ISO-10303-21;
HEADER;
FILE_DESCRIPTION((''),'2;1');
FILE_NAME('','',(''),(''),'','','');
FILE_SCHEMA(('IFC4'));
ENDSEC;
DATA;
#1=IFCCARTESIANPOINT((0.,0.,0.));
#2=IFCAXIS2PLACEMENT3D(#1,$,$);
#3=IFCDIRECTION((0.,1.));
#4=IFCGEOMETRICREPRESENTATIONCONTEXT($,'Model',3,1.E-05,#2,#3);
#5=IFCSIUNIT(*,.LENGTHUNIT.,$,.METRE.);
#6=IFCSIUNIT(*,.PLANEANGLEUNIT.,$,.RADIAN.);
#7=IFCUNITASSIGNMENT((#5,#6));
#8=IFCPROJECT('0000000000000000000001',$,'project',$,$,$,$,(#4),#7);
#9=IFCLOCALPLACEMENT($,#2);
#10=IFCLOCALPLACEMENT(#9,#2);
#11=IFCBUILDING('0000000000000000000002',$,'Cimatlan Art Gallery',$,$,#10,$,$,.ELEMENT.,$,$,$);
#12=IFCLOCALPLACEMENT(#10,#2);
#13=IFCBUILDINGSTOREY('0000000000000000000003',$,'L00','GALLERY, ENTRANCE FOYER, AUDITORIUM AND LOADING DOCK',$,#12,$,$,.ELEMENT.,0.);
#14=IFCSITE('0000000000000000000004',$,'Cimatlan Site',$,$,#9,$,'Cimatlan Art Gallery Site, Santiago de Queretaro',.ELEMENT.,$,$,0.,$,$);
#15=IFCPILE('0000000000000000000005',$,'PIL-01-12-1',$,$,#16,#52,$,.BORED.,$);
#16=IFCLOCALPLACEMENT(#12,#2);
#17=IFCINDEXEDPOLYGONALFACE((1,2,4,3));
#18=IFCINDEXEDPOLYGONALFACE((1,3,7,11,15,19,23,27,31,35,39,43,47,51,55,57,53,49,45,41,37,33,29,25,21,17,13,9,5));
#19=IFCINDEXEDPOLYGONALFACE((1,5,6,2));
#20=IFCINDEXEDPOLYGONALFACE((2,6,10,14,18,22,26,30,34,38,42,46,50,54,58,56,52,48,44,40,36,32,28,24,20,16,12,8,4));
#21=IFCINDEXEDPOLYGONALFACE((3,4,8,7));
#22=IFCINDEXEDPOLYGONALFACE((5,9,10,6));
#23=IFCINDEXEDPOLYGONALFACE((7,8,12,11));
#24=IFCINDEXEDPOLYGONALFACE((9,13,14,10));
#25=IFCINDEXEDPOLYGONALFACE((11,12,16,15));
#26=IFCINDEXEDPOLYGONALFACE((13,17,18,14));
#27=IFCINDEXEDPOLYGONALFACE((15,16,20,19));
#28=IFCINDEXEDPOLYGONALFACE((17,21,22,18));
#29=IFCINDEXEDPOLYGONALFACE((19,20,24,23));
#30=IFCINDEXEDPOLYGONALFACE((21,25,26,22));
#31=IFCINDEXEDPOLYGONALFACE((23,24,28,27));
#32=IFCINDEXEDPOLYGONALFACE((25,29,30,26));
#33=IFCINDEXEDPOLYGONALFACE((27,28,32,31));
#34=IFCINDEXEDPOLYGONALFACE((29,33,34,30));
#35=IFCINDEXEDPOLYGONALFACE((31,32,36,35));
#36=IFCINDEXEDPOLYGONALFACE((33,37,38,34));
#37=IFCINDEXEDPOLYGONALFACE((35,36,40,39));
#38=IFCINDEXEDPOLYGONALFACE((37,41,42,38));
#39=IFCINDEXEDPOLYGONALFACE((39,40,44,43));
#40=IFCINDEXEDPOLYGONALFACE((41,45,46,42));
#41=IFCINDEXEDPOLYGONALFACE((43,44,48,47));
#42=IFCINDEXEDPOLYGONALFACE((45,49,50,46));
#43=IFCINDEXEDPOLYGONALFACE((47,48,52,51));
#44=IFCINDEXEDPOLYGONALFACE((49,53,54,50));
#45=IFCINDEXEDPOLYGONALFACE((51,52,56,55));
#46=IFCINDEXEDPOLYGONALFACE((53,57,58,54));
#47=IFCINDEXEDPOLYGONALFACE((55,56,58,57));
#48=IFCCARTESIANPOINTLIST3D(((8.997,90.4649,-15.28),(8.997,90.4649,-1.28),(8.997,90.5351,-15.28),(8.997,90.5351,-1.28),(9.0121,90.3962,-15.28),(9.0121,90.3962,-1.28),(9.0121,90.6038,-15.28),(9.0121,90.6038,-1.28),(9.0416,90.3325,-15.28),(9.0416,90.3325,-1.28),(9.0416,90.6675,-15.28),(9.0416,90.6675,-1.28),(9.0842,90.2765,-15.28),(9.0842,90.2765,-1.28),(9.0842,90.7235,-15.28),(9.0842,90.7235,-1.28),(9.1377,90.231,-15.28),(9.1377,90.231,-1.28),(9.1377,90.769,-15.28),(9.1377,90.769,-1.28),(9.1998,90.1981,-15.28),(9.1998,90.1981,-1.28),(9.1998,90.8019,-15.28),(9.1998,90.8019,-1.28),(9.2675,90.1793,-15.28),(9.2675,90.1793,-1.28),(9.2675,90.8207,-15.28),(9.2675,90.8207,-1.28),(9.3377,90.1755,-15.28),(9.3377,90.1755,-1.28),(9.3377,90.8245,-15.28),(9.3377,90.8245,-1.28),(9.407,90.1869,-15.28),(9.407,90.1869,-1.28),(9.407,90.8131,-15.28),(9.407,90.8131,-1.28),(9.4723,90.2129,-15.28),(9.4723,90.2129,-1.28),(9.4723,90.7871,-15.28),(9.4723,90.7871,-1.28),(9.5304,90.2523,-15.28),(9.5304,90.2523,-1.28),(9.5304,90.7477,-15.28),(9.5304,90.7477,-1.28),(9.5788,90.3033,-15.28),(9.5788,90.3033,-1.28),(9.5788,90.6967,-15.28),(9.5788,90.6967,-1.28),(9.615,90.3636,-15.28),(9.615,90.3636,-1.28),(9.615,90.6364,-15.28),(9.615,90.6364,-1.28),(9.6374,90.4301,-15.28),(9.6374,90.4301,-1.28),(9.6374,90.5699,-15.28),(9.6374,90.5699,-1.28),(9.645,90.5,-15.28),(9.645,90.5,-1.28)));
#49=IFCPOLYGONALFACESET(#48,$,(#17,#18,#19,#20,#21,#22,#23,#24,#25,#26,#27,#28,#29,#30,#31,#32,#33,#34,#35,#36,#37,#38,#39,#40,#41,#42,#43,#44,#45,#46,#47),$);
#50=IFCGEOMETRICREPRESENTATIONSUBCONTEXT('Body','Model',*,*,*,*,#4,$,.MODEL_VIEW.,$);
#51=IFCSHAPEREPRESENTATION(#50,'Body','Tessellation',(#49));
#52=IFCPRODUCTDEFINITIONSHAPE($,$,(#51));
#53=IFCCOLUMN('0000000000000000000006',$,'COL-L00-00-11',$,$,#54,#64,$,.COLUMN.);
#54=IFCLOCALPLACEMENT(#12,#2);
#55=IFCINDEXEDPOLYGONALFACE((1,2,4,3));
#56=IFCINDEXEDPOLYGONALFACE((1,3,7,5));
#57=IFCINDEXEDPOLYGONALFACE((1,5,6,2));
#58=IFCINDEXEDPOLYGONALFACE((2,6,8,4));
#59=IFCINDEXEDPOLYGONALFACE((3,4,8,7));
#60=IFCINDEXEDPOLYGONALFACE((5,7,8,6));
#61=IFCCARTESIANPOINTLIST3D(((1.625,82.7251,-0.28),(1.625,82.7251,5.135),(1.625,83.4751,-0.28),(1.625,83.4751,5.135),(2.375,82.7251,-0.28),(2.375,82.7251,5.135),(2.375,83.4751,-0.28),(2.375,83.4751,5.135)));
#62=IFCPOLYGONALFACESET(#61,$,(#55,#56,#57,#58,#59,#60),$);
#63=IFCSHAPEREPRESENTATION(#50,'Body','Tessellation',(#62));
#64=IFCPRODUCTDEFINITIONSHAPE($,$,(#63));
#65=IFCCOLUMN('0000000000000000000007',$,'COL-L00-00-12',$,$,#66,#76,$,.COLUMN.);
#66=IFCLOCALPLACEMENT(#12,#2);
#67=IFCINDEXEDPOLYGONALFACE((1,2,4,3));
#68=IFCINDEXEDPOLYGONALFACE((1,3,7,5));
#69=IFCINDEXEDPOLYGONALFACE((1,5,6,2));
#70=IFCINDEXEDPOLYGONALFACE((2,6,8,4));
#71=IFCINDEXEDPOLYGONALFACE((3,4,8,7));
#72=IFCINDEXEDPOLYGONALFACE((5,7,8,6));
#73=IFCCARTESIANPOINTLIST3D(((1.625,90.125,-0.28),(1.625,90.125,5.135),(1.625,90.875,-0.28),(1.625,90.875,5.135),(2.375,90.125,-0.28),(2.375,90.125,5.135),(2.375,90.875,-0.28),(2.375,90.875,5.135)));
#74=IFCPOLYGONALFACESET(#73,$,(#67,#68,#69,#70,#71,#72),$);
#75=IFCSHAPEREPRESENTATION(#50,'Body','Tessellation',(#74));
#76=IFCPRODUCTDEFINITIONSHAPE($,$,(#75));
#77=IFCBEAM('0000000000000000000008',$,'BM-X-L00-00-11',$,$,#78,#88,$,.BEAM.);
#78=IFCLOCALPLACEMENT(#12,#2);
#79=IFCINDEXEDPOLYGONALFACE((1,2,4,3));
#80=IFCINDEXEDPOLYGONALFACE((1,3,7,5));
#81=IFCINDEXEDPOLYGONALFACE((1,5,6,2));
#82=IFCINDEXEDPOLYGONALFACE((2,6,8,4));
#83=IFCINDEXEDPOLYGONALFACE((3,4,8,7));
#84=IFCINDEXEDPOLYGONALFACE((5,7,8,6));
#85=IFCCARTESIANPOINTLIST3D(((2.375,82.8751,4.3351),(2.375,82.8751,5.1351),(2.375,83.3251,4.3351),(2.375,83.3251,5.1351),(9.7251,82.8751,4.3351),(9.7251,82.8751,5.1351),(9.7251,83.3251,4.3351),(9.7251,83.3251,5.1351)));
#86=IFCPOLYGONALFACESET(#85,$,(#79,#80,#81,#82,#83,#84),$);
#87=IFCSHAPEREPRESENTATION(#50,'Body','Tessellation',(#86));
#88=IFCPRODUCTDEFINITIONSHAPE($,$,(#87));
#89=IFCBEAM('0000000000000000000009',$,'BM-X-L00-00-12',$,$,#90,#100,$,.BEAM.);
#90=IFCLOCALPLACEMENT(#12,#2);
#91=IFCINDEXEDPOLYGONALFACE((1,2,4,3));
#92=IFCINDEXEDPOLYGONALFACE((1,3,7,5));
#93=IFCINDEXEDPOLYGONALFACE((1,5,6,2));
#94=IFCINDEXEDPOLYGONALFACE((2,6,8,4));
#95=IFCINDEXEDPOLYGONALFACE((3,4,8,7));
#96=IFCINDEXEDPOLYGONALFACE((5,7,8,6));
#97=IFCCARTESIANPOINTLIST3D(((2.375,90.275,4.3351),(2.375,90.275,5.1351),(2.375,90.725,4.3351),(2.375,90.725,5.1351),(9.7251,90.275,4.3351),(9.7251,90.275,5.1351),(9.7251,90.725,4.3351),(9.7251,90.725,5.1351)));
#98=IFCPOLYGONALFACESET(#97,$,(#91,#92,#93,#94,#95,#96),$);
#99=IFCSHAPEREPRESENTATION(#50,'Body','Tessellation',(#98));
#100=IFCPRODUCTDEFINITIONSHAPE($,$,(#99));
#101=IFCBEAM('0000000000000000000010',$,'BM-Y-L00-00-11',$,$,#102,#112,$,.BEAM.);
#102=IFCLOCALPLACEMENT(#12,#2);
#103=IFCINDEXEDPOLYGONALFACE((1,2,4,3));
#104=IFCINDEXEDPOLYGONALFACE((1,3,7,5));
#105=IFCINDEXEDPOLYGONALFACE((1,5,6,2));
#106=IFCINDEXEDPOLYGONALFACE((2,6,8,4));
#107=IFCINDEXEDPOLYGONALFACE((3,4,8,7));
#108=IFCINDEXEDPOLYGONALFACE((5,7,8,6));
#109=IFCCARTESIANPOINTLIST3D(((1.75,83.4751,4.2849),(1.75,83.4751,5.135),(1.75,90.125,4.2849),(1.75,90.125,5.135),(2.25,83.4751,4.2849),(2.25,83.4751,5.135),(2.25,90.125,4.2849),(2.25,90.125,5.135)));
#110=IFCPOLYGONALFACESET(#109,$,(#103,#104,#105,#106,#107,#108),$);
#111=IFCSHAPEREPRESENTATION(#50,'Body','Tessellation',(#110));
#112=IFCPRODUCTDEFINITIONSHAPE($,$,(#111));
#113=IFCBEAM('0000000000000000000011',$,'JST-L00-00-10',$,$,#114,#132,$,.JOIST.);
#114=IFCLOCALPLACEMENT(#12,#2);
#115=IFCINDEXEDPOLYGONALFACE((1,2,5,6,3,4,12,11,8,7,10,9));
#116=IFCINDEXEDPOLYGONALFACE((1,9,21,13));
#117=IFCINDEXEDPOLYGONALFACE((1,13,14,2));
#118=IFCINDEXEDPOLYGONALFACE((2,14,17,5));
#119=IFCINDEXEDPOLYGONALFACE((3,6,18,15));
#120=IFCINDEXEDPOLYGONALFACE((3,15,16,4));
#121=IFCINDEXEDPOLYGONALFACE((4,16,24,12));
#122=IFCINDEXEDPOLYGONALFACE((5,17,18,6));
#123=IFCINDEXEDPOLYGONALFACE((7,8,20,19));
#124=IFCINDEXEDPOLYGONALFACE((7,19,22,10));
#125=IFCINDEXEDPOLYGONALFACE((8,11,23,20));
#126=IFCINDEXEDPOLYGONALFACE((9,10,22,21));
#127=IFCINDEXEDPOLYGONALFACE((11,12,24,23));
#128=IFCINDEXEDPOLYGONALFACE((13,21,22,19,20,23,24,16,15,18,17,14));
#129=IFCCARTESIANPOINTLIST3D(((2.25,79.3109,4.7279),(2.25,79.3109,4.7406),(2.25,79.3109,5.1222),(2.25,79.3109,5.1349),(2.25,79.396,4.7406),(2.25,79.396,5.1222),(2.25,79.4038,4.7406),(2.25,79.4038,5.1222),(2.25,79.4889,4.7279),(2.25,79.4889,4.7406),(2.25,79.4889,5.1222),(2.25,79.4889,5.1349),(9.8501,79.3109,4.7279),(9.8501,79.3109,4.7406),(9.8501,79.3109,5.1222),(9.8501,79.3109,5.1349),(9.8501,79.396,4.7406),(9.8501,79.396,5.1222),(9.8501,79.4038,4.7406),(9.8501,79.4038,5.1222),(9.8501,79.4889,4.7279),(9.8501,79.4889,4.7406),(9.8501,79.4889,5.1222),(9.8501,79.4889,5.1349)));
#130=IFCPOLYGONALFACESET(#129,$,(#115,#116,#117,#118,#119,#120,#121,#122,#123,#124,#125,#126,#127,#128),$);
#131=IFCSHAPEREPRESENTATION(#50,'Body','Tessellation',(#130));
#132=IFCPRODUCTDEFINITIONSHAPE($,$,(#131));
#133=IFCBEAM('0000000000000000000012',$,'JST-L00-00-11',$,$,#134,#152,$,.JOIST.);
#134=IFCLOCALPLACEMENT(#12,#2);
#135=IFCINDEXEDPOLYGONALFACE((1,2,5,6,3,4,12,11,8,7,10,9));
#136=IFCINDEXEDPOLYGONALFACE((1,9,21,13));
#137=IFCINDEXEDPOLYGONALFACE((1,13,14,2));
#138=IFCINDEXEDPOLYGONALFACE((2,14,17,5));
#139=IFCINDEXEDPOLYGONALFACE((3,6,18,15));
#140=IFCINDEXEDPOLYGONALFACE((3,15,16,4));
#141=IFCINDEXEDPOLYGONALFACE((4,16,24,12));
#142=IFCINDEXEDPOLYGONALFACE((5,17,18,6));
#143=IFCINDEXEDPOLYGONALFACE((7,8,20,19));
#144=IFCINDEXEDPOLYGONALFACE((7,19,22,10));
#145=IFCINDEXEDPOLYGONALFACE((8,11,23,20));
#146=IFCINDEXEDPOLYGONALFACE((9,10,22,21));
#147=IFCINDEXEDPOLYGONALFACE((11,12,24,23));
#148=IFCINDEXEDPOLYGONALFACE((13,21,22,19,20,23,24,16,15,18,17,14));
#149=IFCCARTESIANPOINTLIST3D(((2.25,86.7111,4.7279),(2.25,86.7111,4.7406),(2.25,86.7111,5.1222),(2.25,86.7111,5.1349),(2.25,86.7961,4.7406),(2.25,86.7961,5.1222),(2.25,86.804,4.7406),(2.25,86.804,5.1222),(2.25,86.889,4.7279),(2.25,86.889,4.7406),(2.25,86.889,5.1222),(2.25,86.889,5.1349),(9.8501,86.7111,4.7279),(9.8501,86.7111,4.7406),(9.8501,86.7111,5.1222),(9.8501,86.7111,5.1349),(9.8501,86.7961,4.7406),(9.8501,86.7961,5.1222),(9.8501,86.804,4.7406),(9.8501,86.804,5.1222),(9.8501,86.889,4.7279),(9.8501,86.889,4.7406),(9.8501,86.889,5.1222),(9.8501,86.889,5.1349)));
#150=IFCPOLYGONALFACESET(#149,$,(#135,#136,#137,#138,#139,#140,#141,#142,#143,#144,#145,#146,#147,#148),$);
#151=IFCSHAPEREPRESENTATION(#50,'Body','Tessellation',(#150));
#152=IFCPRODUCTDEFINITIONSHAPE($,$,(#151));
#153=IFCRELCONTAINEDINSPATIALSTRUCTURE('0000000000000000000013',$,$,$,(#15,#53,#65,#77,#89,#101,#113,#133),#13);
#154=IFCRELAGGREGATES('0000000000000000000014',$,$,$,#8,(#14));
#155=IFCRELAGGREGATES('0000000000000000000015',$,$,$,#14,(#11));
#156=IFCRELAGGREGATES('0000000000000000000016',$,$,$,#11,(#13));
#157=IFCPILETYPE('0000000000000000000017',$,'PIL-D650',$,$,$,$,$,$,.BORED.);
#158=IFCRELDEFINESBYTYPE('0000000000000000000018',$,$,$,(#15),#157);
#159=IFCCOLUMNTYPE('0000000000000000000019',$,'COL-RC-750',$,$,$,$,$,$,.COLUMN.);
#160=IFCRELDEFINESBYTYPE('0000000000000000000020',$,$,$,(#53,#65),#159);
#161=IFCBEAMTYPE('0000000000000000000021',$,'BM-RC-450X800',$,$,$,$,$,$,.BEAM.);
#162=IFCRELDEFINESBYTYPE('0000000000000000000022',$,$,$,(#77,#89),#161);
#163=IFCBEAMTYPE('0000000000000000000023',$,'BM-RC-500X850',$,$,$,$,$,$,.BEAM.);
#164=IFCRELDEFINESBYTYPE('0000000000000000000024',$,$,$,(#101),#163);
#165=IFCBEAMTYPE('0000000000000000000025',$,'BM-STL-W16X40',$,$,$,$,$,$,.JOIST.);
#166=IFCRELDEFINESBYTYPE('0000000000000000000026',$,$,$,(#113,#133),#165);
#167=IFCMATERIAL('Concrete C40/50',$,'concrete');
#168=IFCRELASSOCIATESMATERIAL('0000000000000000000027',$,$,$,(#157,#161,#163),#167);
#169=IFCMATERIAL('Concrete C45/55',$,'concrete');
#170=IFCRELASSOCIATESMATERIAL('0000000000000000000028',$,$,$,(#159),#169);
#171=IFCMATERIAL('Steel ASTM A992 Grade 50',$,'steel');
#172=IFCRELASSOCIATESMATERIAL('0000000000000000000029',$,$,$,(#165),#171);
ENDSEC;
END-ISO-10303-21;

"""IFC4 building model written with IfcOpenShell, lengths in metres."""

from ifc_helpers import new_model, si_unit, direction, frame, origin, origin_2d, place, context, subcontext, project, spatial, rectangle, circle, i_section, extrude, material, material_profile, profile_set, type_object, element, save


model = new_model("IFC4")

# Units and contexts
model_context = context("Model", 3, precision=1e-05, world=origin(), true_north=direction((0.0, 1.0)))
body_context = subcontext(model_context, "Body", "Model", "MODEL_VIEW")
ifc_project = project(units=[si_unit("LENGTHUNIT", "METRE"), si_unit("PLANEANGLEUNIT", "RADIAN")], contexts=[model_context])

# Site, building, storey
site_placement = place(None, origin())
site = spatial("IfcSite", under=ifc_project, at=site_placement, Name="Cimatlan Site", LongName="Cimatlan Art Gallery Site, Santiago de Queretaro", CompositionType="ELEMENT", RefElevation=0.0)
building_placement = place(site_placement, origin())
building = spatial("IfcBuilding", under=site, at=building_placement, Name="Cimatlan Art Gallery", CompositionType="ELEMENT")
storey_placement = place(building_placement, origin())
storey = spatial("IfcBuildingStorey", under=building, at=storey_placement, Name="L00", Description="GALLERY, ENTRANCE FOYER, AUDITORIUM AND LOADING DOCK", CompositionType="ELEMENT", Elevation=0.0)

# Shared definitions
ifc_material_1 = material(Name="Concrete C40/50", Category="concrete")

# Pile
pile_type = type_object("IfcPileType", Name="PIL-D650", PredefinedType="BORED", material=ifc_material_1)
for number, where, z_axis, x_axis, name in (
    (1, (9.3201, 90.5, -1.28), (0.0, 0.0, -1.0), (1.0, 0.0, 0.0), "PIL-01-12-1"),
):
    element("IfcPile", number, at=place(storey_placement, frame(where, z_axis=z_axis, x_axis=x_axis)), inside=storey, type_object=pile_type, Name=name, PredefinedType="BORED", context=body_context, shape_type="SweptSolid", body=[
        extrude(circle(Radius=0.325, at=origin_2d()), origin(), (0.0, 0.0, 1.0), 14.0),
    ])

# Columns
ifc_material_2 = material(Name="Concrete C45/55", Category="concrete")
ifc_material_profile_1 = material_profile(ifc_material_2, rectangle(XDim=0.75, YDim=0.75, at=origin_2d()), Name="RC750X750")
ifc_profile_set_1 = profile_set([ifc_material_profile_1], Name="Concrete C45/55")
column_type = type_object("IfcColumnType", Name="COL-RC-750", PredefinedType="COLUMN", material=ifc_profile_set_1)
for number, where, z_axis, x_axis, name in (
    (2, (2.0, 83.1001, -0.28), (0.0, 0.0, 1.0), (1.0, 0.0, 0.0), "COL-L00-00-11"),
    (3, (2.0, 90.5, -0.28), (0.0, 0.0, 1.0), (1.0, 0.0, 0.0), "COL-L00-00-12"),
):
    element("IfcColumn", number, at=place(storey_placement, frame(where, z_axis=z_axis, x_axis=x_axis)), inside=storey, type_object=column_type, Name=name, PredefinedType="COLUMN", context=body_context, shape_type="SweptSolid", body=[
        extrude(rectangle(XDim=0.75, YDim=0.75, at=origin_2d()), origin(), (0.0, 0.0, 1.0), 5.415),
    ])

# Beams
ifc_material_profile_2 = material_profile(ifc_material_1, rectangle(XDim=0.45, YDim=0.8, at=origin_2d()), Name="RC450X800")
ifc_profile_set_2 = profile_set([ifc_material_profile_2], Name="Concrete C40/50")
beam_type_1 = type_object("IfcBeamType", Name="BM-RC-450X800", PredefinedType="BEAM", material=ifc_profile_set_2)
for number, where, z_axis, x_axis, name in (
    (4, (2.375, 83.1001, 4.7351), (1.0, 0.0, 0.0), (0.0, 1.0, 0.0), "BM-X-L00-00-11"),
    (5, (2.375, 90.5, 4.7351), (1.0, 0.0, 0.0), (0.0, 1.0, 0.0), "BM-X-L00-00-12"),
):
    element("IfcBeam", number, at=place(storey_placement, frame(where, z_axis=z_axis, x_axis=x_axis)), inside=storey, type_object=beam_type_1, Name=name, PredefinedType="BEAM", context=body_context, shape_type="SweptSolid", body=[
        extrude(rectangle(XDim=0.45, YDim=0.8, at=origin_2d()), origin(), (0.0, 0.0, 1.0), 7.3501),
    ])
ifc_material_profile_3 = material_profile(ifc_material_1, rectangle(XDim=0.5, YDim=0.8501, at=origin_2d()), Name="RC500X850")
ifc_profile_set_3 = profile_set([ifc_material_profile_3], Name="Concrete C40/50")
beam_type_2 = type_object("IfcBeamType", Name="BM-RC-500X850", PredefinedType="BEAM", material=ifc_profile_set_3)
beam_placement = place(storey_placement, frame((2.0, 83.4751, 4.71), z_axis=(0.0, 1.0, 0.0), x_axis=(-1.0, 0.0, 0.0)))
element("IfcBeam", 6, at=beam_placement, inside=storey, type_object=beam_type_2, Name="BM-Y-L00-00-11", PredefinedType="BEAM", context=body_context, shape_type="SweptSolid", body=[
    extrude(rectangle(XDim=0.5, YDim=0.8501, at=origin_2d()), origin(), (0.0, 0.0, 1.0), 6.6499),
])
ifc_material_3 = material(Name="Steel ASTM A992 Grade 50", Category="steel")
ifc_material_profile_4 = material_profile(ifc_material_3, i_section(OverallWidth=0.178, OverallDepth=0.407, WebThickness=0.0078, FlangeThickness=0.0127, at=origin_2d()), Name="W16X40")
ifc_profile_set_4 = profile_set([ifc_material_profile_4], Name="Steel ASTM A992 Grade 50")
beam_type_3 = type_object("IfcBeamType", Name="BM-STL-W16X40", PredefinedType="JOIST", material=ifc_profile_set_4)
for number, where, z_axis, x_axis, name in (
    (7, (2.25, 79.3999, 4.9314), (1.0, 0.0, 0.0), (0.0, 1.0, 0.0), "JST-L00-00-10"),
    (8, (2.25, 86.8, 4.9314), (1.0, 0.0, 0.0), (0.0, 1.0, 0.0), "JST-L00-00-11"),
):
    element("IfcBeam", number, at=place(storey_placement, frame(where, z_axis=z_axis, x_axis=x_axis)), inside=storey, type_object=beam_type_3, Name=name, PredefinedType="JOIST", context=body_context, shape_type="SweptSolid", body=[
        extrude(i_section(OverallWidth=0.178, OverallDepth=0.407, WebThickness=0.0078, FlangeThickness=0.0127, at=origin_2d()), origin(), (0.0, 0.0, 1.0), 7.6001),
    ])

save(model, "model.ifc")
